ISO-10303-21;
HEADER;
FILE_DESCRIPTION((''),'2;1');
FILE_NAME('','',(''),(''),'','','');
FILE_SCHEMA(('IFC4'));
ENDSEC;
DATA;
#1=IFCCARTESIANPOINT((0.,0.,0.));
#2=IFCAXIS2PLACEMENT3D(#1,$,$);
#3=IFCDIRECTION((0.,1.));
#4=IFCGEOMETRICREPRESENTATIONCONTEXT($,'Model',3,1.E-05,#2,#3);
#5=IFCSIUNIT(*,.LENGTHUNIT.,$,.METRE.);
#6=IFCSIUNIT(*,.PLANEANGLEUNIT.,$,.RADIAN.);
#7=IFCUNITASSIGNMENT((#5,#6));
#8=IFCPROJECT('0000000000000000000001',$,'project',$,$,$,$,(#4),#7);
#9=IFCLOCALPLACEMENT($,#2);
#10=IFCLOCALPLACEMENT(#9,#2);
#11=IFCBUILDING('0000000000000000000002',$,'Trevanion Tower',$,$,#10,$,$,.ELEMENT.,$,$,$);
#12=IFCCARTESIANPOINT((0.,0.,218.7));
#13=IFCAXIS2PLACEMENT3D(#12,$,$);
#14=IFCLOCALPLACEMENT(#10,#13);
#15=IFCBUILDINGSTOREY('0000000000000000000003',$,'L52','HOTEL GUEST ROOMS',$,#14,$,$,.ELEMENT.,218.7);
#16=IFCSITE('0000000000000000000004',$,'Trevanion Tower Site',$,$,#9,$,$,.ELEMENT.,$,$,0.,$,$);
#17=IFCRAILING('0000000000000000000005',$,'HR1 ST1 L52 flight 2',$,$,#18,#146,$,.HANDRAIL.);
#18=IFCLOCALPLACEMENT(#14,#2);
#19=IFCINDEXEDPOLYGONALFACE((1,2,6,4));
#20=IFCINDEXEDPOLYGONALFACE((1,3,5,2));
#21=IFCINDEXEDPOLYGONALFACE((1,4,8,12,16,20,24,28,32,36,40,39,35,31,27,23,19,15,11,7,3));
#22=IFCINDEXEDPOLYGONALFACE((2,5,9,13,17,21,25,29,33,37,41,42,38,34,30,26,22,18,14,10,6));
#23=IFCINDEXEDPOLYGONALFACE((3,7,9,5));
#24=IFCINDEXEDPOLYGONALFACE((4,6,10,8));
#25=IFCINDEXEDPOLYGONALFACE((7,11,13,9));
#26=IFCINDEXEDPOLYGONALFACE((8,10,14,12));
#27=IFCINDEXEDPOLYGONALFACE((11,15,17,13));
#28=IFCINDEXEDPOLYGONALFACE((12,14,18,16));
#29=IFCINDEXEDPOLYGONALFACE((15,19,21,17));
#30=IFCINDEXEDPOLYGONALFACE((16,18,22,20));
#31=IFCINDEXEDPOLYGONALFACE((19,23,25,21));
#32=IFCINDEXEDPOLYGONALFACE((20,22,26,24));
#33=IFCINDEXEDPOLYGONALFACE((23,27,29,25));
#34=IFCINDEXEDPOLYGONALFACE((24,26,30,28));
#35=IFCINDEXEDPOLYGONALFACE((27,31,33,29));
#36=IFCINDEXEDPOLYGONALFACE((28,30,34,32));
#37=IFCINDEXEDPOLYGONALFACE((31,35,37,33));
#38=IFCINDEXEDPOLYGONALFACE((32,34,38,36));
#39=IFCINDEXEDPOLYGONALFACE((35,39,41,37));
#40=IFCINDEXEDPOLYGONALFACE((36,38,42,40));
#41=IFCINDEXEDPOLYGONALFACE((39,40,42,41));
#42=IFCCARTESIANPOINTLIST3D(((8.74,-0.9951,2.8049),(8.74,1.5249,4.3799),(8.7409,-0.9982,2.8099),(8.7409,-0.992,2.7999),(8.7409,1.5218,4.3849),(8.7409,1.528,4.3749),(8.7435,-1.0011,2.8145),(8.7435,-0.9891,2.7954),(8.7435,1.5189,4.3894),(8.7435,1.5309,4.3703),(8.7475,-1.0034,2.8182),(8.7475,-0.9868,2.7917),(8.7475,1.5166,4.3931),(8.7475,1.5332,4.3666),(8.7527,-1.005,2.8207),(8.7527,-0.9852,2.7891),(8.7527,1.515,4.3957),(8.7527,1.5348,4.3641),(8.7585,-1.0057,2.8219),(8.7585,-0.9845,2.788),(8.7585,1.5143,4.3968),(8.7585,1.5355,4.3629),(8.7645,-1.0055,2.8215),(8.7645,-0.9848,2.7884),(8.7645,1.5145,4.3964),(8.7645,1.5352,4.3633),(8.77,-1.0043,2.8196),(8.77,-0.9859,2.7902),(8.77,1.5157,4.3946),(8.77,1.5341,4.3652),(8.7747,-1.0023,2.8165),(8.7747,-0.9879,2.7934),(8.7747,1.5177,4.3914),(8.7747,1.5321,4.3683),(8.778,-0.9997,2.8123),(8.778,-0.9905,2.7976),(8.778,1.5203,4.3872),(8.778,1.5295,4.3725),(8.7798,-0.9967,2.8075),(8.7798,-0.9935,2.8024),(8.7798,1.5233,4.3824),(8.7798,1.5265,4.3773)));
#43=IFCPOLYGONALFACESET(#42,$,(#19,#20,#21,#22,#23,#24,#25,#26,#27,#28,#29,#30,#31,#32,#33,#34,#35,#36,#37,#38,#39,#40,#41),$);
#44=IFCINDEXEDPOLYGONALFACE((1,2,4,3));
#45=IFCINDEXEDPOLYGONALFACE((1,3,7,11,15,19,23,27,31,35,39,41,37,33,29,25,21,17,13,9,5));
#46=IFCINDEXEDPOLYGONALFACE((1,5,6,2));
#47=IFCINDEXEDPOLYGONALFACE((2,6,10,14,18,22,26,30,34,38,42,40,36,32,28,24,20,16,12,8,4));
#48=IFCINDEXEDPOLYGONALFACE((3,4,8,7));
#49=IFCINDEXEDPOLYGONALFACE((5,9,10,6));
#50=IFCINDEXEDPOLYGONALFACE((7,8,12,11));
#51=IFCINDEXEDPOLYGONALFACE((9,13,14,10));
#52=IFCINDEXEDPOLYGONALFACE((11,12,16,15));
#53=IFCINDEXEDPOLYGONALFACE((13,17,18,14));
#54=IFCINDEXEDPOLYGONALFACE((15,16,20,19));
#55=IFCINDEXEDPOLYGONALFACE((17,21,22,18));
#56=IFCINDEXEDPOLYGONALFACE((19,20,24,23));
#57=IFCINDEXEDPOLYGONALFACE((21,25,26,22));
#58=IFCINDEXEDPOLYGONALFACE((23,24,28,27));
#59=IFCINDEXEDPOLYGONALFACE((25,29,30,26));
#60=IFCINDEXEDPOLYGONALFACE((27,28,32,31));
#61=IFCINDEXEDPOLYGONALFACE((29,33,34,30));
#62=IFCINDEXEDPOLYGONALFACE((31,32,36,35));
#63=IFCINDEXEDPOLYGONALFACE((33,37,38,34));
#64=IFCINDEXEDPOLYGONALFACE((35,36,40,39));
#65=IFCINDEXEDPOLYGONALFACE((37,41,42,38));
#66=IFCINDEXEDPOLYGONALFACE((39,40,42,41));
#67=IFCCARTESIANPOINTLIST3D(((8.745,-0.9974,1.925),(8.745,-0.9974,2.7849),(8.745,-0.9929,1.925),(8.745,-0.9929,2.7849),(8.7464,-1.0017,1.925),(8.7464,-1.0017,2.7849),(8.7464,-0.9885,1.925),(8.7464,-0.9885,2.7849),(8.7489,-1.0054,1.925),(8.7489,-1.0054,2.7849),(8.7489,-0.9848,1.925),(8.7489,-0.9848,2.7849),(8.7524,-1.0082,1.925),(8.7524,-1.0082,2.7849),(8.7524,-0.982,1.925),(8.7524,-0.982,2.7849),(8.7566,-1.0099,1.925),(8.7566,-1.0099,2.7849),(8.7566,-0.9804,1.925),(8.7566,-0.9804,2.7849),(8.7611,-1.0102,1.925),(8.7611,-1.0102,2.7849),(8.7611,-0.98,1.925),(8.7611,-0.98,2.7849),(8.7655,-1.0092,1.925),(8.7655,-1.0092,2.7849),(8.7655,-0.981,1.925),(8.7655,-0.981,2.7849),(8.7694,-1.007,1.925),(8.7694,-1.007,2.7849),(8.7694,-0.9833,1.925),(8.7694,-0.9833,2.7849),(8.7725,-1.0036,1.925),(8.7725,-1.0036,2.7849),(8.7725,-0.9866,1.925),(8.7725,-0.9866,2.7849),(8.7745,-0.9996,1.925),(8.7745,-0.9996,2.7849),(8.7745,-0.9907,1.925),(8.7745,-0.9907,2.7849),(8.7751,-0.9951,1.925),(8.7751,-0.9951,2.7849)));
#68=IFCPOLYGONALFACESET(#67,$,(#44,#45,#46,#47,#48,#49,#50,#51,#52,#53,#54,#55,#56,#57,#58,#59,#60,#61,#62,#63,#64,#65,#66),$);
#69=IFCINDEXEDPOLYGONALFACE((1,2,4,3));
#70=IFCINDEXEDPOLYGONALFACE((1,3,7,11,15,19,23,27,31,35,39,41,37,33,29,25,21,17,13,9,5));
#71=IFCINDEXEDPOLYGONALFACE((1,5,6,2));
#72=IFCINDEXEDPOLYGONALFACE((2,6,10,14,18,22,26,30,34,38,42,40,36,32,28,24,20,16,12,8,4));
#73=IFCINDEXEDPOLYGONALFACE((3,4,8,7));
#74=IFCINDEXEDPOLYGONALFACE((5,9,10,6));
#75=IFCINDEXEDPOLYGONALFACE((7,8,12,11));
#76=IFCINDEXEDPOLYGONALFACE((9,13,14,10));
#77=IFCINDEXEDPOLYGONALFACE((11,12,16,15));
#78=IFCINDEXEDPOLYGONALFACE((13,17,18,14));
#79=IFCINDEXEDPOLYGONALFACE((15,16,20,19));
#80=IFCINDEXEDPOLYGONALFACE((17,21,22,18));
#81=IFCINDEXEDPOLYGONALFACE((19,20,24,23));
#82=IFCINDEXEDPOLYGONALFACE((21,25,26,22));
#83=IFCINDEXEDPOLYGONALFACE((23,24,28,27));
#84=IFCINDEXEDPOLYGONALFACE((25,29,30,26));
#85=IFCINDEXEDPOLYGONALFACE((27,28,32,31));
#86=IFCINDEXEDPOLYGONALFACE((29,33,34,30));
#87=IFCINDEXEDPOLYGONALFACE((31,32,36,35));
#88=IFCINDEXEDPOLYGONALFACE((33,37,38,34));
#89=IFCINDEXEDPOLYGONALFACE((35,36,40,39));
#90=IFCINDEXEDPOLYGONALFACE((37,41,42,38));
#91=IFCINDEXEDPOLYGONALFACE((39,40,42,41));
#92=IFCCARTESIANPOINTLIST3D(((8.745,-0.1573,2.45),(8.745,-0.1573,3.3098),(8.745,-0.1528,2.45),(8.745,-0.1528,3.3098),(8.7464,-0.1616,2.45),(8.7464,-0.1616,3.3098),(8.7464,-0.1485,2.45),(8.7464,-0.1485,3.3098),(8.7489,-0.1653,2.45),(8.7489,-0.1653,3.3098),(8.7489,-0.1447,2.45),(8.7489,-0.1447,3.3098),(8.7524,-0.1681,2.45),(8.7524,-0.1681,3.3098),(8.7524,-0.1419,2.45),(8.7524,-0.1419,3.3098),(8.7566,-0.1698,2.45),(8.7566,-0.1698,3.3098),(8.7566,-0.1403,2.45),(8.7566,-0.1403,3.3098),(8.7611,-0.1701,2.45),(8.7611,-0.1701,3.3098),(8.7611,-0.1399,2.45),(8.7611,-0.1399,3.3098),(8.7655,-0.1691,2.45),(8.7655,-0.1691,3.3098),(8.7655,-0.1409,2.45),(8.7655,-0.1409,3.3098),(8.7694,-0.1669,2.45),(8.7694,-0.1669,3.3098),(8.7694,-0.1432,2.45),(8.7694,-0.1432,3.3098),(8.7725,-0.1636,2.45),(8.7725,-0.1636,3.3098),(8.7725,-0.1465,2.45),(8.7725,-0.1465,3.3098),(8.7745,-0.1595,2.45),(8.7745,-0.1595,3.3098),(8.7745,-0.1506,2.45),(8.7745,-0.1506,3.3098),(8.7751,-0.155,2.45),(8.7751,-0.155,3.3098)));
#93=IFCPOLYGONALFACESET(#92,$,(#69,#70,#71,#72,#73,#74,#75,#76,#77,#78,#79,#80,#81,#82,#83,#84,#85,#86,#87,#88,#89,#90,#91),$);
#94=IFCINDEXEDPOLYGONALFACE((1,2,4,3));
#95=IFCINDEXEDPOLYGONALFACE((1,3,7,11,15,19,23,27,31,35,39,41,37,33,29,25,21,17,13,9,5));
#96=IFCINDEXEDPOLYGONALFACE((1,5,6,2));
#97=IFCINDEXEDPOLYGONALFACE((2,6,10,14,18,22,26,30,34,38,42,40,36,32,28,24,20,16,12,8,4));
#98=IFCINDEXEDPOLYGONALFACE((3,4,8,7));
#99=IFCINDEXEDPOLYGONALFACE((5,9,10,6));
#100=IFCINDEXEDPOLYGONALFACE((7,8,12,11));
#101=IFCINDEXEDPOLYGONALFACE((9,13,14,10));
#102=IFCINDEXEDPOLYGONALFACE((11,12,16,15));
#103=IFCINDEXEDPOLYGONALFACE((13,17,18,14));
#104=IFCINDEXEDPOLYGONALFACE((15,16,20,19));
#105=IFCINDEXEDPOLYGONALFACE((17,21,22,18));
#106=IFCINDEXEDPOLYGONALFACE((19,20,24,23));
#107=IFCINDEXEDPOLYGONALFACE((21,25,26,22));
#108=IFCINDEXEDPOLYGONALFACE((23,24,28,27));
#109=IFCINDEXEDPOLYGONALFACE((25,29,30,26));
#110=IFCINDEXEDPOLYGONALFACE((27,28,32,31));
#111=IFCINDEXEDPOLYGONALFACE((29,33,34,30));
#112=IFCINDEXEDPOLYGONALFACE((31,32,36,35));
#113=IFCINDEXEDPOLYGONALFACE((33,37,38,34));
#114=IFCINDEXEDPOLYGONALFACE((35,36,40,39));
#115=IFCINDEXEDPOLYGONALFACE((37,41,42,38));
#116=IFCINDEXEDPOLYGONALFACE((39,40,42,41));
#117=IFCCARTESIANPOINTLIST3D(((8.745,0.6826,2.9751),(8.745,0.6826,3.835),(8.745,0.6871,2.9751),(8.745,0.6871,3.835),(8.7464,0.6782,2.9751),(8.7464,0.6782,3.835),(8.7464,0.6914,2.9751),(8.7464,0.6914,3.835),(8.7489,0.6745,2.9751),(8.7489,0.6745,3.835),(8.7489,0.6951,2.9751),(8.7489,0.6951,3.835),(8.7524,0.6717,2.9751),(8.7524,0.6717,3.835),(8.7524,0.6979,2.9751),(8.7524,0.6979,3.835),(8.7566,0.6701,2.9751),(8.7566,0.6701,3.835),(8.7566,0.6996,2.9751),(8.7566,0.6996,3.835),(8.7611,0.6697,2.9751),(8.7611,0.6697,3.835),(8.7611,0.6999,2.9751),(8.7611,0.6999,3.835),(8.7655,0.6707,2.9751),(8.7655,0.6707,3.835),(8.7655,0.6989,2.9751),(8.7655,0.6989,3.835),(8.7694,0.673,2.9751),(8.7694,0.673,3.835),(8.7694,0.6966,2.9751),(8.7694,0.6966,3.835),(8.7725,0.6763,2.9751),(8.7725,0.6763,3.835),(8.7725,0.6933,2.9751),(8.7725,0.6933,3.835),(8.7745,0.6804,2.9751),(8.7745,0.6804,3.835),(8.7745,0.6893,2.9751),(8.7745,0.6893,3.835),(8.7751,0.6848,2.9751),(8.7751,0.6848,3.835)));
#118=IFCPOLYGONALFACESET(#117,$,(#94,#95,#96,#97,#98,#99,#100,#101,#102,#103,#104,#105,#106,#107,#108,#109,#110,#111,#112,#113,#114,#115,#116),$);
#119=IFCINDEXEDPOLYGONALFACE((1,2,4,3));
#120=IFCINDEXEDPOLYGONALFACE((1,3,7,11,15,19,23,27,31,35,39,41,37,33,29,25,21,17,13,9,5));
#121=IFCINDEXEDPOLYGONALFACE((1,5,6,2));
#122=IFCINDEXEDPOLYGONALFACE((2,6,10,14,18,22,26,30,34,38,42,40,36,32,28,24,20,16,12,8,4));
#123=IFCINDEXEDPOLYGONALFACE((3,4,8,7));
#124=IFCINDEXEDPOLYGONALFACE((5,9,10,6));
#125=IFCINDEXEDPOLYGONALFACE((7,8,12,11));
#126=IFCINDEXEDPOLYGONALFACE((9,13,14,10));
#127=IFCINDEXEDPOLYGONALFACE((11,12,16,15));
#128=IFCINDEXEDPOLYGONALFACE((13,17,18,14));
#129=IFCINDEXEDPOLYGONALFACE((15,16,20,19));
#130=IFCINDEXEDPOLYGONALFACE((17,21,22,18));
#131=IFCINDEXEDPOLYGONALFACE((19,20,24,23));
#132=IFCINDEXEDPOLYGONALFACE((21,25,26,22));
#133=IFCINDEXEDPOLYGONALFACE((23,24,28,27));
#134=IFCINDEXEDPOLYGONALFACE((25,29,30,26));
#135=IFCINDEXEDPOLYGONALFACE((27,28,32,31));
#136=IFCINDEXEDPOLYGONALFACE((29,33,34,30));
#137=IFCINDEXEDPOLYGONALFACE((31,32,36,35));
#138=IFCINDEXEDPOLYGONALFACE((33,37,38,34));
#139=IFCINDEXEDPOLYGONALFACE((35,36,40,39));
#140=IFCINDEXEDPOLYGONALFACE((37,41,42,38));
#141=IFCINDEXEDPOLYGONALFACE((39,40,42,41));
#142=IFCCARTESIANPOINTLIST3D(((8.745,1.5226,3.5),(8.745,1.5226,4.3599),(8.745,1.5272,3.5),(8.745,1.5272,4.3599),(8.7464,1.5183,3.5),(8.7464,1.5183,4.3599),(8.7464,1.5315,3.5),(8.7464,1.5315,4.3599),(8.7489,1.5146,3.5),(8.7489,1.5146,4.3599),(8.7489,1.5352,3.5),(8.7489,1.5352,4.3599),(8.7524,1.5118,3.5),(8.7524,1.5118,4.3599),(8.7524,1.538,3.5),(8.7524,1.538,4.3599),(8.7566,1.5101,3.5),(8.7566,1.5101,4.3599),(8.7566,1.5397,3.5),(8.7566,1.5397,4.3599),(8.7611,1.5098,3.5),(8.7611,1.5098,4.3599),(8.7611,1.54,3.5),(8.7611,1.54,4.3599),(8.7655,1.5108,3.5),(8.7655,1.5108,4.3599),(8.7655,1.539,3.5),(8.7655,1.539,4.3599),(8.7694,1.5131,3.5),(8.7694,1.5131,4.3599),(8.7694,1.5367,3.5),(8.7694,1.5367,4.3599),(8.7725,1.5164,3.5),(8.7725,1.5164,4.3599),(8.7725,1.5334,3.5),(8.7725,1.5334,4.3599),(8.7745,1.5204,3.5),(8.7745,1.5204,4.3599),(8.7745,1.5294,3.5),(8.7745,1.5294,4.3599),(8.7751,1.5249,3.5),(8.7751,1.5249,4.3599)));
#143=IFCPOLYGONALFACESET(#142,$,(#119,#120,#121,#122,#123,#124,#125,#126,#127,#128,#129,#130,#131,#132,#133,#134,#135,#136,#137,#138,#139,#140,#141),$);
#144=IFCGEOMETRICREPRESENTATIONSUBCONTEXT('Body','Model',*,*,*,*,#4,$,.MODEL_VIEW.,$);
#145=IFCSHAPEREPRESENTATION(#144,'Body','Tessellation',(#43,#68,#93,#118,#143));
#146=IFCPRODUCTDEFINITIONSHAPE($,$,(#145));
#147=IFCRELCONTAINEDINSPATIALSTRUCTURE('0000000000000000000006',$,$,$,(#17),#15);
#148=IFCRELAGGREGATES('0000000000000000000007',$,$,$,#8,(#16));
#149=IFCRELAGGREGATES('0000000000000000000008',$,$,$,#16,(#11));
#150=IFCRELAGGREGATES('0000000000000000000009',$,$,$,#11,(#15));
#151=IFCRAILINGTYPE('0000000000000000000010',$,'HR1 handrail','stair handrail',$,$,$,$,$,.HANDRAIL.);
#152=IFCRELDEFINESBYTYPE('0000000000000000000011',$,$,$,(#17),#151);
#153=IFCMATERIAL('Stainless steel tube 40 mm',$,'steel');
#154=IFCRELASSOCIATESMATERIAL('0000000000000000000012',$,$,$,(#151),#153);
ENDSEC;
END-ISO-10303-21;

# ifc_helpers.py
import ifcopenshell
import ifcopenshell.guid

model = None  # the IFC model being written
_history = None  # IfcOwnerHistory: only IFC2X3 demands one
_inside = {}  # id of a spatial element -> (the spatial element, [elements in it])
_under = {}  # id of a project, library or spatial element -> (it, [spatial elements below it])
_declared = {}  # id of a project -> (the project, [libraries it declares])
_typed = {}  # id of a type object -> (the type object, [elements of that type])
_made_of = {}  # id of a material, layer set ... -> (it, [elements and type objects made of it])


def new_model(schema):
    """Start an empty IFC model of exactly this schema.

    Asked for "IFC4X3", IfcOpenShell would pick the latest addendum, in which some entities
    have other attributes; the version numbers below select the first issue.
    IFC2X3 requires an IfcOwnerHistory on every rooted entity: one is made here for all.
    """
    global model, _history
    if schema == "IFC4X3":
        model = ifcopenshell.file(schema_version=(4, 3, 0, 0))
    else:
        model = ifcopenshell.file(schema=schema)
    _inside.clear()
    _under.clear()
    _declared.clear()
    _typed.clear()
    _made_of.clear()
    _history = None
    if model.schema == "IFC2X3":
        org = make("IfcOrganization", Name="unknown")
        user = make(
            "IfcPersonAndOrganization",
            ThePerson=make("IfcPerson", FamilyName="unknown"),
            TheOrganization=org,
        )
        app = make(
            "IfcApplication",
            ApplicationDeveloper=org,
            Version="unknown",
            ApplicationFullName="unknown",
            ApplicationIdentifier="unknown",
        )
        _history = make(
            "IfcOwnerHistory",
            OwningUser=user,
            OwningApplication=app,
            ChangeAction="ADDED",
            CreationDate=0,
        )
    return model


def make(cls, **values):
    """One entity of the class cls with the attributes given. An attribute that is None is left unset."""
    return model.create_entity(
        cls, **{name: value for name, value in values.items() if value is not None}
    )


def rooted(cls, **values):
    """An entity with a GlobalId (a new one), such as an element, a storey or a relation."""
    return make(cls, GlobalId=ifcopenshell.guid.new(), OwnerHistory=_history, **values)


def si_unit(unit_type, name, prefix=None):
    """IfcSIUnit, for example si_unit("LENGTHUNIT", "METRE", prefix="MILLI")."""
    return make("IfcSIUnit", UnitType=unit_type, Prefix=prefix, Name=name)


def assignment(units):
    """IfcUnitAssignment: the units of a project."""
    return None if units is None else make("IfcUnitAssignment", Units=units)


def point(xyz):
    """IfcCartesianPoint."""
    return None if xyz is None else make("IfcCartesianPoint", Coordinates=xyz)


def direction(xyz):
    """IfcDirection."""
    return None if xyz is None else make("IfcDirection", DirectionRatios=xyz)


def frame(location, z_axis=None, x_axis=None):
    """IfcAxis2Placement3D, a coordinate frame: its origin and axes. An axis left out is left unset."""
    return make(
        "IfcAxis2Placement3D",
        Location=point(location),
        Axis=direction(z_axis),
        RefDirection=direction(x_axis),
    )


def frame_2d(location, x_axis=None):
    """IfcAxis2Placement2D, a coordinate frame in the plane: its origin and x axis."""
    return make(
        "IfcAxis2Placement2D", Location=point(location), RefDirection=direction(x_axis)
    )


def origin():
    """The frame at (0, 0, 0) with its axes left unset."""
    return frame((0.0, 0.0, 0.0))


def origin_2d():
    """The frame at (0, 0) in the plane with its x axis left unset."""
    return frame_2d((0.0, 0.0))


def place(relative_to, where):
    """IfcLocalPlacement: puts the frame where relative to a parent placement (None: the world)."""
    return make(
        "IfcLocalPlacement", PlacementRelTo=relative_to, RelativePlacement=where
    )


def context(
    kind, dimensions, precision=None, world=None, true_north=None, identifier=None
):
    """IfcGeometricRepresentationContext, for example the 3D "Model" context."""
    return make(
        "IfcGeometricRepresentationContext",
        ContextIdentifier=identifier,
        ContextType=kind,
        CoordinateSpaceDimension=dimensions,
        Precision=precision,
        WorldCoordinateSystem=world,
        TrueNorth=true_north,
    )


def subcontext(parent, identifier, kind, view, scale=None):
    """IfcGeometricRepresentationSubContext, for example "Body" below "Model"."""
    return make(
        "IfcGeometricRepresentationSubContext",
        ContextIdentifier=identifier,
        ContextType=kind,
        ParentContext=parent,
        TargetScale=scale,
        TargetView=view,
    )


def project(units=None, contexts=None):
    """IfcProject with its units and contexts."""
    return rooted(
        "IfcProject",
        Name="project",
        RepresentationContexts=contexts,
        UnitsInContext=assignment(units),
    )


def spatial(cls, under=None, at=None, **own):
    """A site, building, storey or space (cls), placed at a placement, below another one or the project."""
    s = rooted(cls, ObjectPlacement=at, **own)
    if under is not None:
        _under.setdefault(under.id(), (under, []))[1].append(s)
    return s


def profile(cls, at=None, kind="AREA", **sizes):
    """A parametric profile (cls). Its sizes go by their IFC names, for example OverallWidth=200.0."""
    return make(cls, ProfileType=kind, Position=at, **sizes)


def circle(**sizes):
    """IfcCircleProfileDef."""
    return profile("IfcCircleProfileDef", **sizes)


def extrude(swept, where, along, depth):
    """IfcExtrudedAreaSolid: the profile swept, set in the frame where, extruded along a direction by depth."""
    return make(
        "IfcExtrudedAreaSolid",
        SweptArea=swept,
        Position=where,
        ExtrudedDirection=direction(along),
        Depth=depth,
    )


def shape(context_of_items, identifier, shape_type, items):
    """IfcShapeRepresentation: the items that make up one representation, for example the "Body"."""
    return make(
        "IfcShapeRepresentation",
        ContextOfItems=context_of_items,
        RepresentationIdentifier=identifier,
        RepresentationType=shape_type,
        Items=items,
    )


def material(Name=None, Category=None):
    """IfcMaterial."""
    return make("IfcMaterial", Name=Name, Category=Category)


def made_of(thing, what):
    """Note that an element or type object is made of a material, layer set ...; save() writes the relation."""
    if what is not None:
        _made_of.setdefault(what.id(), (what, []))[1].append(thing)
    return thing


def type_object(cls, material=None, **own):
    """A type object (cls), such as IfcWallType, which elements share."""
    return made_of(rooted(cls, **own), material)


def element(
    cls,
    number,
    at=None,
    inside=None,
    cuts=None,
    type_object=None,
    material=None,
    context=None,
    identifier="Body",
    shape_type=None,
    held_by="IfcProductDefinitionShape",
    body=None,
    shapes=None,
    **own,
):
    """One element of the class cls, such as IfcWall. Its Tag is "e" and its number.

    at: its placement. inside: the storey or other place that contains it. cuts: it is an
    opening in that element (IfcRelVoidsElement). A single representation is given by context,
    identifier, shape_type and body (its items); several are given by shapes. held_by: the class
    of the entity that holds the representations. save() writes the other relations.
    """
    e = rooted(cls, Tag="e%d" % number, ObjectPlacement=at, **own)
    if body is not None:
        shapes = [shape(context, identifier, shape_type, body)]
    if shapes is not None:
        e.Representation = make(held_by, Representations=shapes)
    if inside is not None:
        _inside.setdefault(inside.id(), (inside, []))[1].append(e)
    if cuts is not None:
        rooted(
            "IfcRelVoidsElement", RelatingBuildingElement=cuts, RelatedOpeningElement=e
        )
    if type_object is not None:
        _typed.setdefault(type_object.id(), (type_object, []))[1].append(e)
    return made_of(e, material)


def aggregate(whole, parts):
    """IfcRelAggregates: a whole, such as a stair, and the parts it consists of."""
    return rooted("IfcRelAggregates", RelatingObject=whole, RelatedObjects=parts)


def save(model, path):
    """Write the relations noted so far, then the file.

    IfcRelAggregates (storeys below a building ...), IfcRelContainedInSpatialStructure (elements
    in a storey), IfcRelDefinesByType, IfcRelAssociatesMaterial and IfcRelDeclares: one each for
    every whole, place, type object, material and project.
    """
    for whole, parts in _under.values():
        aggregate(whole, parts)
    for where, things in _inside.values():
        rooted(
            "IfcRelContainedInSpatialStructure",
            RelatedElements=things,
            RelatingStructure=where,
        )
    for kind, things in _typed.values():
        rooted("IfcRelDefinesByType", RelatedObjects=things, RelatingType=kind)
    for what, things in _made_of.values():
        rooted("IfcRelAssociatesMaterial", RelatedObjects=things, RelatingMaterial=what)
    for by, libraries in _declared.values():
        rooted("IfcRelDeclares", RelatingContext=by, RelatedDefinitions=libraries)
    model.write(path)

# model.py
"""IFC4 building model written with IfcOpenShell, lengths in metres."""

from ifc_helpers import new_model, si_unit, direction, frame, origin, origin_2d, place, context, subcontext, project, spatial, circle, extrude, material, type_object, element, save


model = new_model("IFC4")

# Units and contexts
model_context = context("Model", 3, precision=1e-05, world=origin(), true_north=direction((0.0, 1.0)))
body_context = subcontext(model_context, "Body", "Model", "MODEL_VIEW")
ifc_project = project(units=[si_unit("LENGTHUNIT", "METRE"), si_unit("PLANEANGLEUNIT", "RADIAN")], contexts=[model_context])

# Site, building, storey
site_placement = place(None, origin())
site = spatial("IfcSite", under=ifc_project, at=site_placement, Name="Trevanion Tower Site", CompositionType="ELEMENT", RefElevation=0.0)
building_placement = place(site_placement, origin())
building = spatial("IfcBuilding", under=site, at=building_placement, Name="Trevanion Tower", CompositionType="ELEMENT")
storey_placement = place(building_placement, frame((0.0, 0.0, 218.7)))
storey = spatial("IfcBuildingStorey", under=building, at=storey_placement, Name="L52", Description="HOTEL GUEST ROOMS", CompositionType="ELEMENT", Elevation=218.7)

# Railing
ifc_material_1 = material(Name="Stainless steel tube 40 mm", Category="steel")
railing_type = type_object("IfcRailingType", Name="HR1 handrail", Description="stair handrail", PredefinedType="HANDRAIL", material=ifc_material_1)
for number, where, name in (
    (1, (8.76, -0.9951, 1.925), "HR1 ST1 L52 flight 2"),
):
    element("IfcRailing", number, at=place(storey_placement, frame(where)), inside=storey, type_object=railing_type, Name=name, PredefinedType="HANDRAIL", context=body_context, shape_type="SweptSolid", body=[
        extrude(circle(Radius=0.02, at=origin_2d()), frame((0.0, 0.0, 0.8799), z_axis=(0.0, 0.848008, 0.529984), x_axis=(-1.0, 0.0, 0.0)), (0.0, 0.0, 1.0), 2.9717),
        extrude(circle(Radius=0.0151, at=origin_2d()), origin(), (0.0, 0.0, 1.0), 0.8599),
        extrude(circle(Radius=0.0151, at=origin_2d()), frame((0.0, 0.8401, 0.5249)), (0.0, 0.0, 1.0), 0.8599),
        extrude(circle(Radius=0.0151, at=origin_2d()), frame((0.0, 1.6799, 1.05)), (0.0, 0.0, 1.0), 0.8599),
        extrude(circle(Radius=0.0151, at=origin_2d()), frame((0.0, 2.52, 1.575)), (0.0, 0.0, 1.0), 0.8599),
    ])

save(model, "model.ifc")
